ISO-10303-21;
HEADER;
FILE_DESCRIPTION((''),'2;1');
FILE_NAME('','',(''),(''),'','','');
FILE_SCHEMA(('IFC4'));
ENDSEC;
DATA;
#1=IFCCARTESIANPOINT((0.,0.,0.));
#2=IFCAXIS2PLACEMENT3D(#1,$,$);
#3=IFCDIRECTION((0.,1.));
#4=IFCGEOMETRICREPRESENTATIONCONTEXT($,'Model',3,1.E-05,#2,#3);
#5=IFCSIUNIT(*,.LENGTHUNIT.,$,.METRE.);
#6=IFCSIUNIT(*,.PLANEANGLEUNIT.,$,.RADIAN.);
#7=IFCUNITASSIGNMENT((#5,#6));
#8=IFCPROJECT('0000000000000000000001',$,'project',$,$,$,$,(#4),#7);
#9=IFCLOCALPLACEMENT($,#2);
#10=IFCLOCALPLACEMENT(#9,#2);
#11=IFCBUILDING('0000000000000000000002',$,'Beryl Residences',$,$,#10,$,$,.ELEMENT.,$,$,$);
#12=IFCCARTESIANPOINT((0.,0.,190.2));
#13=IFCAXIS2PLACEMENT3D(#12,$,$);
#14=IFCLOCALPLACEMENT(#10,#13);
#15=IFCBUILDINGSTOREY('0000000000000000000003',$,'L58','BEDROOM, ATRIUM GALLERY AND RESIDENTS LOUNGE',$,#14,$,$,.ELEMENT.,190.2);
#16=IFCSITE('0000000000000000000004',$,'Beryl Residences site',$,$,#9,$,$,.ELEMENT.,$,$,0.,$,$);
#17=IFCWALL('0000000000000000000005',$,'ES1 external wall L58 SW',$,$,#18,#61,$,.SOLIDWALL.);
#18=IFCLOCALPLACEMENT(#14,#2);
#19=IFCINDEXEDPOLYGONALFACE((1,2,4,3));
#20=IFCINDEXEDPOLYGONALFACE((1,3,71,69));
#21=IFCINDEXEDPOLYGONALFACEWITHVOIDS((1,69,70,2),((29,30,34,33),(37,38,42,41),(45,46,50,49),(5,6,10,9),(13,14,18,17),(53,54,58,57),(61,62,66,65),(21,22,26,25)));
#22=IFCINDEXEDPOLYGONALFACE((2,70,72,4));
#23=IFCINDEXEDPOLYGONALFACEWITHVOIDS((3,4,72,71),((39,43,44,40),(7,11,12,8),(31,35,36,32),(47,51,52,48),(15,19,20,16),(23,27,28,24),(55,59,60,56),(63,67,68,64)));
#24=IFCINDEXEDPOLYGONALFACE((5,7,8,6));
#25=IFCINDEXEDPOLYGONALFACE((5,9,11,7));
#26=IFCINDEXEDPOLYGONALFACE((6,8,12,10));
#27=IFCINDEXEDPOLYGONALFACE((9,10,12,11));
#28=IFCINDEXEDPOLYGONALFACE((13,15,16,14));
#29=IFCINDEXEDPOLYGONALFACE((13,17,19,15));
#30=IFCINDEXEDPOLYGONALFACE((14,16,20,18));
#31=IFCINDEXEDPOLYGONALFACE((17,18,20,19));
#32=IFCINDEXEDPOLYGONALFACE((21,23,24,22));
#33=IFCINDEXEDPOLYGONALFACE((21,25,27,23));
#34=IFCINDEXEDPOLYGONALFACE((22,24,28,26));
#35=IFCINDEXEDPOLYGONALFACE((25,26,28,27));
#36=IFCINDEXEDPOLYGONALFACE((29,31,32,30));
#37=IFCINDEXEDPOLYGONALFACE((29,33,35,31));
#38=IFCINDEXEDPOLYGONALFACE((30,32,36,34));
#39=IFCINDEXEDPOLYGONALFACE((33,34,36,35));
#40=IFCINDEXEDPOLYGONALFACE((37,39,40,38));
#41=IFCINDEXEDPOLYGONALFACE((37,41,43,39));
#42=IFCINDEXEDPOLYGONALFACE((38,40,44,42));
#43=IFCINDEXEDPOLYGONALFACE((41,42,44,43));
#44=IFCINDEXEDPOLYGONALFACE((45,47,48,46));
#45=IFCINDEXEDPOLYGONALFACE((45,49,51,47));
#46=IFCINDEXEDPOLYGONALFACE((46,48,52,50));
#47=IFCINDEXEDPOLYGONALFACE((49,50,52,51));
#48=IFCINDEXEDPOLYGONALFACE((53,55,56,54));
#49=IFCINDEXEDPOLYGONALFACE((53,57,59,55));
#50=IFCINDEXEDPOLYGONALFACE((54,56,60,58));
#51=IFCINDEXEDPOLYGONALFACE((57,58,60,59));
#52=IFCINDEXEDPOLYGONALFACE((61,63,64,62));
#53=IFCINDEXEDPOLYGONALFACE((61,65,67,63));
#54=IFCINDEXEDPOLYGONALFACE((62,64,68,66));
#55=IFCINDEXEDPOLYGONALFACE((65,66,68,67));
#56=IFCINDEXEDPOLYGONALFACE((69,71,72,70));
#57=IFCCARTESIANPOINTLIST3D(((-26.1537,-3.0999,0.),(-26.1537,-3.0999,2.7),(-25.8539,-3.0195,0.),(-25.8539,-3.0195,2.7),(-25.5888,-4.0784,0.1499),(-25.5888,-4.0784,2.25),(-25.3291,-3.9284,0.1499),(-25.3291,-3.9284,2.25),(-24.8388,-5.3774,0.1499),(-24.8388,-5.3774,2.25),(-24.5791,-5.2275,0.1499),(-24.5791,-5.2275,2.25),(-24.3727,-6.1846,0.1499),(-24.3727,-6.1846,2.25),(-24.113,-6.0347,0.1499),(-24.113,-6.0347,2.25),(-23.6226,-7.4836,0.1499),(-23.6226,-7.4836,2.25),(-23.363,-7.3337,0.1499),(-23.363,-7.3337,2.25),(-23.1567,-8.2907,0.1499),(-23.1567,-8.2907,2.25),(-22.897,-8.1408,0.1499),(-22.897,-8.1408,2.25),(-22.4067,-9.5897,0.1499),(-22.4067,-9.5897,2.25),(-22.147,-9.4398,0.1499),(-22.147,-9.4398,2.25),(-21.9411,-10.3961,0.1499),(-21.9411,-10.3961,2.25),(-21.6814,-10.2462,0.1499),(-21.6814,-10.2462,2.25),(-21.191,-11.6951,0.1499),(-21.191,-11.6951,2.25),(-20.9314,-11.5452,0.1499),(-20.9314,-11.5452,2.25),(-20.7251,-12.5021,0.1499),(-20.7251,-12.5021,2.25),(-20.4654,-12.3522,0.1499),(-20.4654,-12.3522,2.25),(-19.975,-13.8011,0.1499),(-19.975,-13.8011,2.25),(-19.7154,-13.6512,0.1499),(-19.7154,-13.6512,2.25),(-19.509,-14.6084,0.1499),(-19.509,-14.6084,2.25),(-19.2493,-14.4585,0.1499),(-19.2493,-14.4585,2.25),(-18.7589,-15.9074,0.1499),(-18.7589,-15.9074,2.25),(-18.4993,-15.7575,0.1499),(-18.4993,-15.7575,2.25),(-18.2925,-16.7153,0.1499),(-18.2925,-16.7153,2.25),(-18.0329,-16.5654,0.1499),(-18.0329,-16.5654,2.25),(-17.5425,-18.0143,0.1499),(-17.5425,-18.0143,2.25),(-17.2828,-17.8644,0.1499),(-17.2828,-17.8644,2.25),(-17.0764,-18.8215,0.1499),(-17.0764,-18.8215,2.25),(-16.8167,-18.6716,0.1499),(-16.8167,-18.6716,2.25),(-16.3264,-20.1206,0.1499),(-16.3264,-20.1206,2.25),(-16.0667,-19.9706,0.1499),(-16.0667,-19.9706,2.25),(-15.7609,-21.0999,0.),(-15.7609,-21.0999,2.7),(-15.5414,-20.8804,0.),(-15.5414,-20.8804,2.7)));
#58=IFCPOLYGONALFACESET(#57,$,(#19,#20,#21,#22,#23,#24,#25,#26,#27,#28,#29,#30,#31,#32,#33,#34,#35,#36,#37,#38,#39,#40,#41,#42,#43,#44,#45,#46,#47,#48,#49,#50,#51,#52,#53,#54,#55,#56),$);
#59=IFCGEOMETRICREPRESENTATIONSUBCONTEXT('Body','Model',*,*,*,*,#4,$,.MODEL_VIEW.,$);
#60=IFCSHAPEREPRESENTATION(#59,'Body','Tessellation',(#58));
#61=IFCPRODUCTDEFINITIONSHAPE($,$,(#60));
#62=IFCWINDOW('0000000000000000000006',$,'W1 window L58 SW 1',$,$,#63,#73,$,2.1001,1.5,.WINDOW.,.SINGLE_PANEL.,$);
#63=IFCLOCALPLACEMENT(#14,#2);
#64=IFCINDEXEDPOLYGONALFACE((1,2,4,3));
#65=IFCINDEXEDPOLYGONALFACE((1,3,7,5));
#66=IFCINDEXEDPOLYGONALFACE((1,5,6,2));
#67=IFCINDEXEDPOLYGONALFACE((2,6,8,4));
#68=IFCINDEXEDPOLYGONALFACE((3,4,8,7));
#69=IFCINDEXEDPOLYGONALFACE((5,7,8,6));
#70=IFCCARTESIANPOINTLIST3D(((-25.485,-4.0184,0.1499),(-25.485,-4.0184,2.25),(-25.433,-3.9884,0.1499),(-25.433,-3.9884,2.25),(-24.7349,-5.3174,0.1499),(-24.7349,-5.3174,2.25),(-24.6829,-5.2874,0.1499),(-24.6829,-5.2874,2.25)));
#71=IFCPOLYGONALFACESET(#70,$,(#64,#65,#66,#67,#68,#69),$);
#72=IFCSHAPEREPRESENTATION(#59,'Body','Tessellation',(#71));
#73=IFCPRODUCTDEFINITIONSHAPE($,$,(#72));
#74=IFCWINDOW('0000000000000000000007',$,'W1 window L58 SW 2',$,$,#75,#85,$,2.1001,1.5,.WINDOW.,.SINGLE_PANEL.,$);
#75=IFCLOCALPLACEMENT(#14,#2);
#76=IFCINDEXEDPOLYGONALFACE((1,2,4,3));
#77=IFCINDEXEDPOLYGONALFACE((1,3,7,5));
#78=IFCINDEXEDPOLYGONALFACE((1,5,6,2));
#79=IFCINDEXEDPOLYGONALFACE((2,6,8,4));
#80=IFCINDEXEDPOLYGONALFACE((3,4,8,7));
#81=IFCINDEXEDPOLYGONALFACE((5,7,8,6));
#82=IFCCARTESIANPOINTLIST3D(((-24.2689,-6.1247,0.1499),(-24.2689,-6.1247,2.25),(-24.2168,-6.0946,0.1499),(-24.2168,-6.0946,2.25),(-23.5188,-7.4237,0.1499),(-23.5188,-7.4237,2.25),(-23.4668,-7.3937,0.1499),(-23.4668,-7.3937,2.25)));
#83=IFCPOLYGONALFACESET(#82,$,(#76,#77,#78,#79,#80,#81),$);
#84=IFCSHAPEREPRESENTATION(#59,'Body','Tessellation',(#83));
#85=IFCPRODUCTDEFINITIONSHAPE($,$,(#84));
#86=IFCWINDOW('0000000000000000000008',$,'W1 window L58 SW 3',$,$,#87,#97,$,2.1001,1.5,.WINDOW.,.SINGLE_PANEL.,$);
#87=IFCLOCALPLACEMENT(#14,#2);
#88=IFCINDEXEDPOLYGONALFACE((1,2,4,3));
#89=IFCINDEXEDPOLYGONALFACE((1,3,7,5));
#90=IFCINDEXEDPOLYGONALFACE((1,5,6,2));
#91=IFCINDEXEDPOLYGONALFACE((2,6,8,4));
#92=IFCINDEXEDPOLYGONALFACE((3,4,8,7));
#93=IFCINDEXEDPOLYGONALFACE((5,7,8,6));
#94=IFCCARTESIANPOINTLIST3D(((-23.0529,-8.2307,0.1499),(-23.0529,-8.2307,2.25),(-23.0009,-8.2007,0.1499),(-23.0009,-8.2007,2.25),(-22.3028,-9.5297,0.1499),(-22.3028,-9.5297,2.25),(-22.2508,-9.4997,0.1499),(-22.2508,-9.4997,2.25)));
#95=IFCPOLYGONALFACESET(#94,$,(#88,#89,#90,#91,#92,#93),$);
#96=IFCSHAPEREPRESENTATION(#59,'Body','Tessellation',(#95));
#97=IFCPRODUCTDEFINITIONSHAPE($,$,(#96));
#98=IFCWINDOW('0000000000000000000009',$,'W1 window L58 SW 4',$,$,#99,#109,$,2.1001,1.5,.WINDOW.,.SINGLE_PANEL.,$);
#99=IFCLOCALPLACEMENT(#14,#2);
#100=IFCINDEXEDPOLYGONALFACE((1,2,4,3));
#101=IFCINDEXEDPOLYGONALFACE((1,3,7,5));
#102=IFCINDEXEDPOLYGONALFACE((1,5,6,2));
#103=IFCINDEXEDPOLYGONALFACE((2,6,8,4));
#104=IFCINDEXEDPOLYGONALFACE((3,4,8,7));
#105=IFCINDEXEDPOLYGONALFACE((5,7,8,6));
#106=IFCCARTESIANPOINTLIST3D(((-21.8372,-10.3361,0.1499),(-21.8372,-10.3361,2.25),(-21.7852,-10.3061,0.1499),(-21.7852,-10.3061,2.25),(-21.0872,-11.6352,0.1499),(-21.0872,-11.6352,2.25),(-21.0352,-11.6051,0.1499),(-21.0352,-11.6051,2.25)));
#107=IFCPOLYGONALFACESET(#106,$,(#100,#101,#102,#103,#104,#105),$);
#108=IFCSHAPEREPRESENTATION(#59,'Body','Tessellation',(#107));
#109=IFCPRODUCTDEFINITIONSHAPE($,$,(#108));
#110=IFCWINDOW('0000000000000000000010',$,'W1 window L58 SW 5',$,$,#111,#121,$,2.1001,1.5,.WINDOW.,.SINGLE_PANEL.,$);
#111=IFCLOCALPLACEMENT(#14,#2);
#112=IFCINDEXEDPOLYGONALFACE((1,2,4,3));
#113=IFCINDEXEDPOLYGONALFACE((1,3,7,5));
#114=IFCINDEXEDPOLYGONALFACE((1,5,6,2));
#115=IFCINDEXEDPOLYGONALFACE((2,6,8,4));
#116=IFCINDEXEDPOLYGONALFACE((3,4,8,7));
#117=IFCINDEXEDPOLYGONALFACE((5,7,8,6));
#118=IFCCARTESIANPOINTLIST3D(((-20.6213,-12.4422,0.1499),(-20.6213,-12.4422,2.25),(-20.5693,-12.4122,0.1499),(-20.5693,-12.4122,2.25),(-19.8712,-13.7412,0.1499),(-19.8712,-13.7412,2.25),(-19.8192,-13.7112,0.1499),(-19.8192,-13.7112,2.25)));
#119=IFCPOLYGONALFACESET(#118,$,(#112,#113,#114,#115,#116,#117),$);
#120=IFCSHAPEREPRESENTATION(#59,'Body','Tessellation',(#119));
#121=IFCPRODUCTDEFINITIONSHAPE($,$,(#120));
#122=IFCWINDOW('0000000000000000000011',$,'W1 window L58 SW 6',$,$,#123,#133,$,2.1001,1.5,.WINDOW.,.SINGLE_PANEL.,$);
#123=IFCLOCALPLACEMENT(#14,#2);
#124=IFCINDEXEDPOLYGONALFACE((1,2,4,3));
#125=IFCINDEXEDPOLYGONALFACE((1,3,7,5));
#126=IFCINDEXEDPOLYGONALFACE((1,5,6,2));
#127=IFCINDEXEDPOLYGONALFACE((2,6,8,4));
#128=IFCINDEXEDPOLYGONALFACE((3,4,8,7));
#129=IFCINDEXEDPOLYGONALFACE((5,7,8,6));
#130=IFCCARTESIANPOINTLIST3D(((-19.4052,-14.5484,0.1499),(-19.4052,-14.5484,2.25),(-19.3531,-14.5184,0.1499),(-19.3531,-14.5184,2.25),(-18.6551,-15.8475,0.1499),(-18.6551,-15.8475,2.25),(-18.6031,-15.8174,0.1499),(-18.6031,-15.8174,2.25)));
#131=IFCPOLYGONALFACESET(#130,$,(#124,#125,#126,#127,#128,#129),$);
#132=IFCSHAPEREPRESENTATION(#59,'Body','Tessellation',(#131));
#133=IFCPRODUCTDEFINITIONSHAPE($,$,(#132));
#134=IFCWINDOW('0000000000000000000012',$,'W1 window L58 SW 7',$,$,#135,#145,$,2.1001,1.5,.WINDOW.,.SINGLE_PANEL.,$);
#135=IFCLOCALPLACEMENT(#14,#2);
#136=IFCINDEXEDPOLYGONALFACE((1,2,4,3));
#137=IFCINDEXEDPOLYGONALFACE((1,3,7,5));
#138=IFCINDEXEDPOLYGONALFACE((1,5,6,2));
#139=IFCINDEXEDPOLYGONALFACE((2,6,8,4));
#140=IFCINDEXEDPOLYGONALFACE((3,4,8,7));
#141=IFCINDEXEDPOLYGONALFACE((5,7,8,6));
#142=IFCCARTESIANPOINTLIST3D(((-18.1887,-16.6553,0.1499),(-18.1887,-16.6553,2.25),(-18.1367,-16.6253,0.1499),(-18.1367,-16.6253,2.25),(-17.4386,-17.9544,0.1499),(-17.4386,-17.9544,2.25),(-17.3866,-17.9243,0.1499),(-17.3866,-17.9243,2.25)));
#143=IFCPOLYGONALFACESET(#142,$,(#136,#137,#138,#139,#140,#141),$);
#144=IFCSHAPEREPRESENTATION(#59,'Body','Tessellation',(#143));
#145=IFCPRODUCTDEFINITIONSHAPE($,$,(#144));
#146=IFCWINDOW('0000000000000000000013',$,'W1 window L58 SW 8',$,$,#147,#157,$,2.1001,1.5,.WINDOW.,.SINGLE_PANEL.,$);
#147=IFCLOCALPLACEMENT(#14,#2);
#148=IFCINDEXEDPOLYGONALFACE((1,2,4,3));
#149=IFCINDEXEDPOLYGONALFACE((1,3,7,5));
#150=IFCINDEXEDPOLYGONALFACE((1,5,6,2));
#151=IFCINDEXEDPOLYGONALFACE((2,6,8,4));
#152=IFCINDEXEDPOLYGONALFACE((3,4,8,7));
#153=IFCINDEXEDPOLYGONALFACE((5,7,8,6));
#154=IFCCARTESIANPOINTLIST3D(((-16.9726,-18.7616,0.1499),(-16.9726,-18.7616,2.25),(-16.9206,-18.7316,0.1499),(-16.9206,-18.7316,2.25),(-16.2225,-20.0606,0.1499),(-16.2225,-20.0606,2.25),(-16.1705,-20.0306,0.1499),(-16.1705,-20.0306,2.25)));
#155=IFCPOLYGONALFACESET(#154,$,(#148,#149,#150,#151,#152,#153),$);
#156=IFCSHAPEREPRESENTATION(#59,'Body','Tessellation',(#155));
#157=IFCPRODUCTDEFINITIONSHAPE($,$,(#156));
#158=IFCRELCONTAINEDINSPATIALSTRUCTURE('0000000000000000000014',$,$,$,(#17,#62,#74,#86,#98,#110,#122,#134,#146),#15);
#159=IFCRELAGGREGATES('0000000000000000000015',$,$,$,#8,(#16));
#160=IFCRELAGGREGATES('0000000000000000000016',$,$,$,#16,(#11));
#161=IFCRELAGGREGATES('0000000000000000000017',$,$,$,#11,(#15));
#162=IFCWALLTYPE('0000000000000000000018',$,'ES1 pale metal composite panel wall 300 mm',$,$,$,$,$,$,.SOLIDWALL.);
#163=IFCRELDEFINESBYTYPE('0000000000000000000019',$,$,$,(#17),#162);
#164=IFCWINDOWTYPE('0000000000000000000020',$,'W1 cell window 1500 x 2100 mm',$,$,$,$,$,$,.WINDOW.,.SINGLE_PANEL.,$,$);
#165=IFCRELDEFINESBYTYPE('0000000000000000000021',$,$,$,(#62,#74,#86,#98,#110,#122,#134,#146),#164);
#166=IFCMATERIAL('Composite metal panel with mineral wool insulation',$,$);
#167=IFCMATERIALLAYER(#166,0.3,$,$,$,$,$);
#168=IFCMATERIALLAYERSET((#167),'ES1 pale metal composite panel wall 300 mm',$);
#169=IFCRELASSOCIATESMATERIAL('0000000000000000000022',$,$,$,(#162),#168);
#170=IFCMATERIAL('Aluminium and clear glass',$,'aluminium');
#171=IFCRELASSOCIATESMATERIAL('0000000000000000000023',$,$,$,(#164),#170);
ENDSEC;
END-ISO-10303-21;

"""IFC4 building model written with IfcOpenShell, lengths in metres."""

from ifc_helpers import new_model, si_unit, direction, frame, frame_2d, origin, place, context, subcontext, project, spatial, polyline, rectangle, outline, extrude, material, layer, layer_set, type_object, element, fill, save


model = new_model("IFC4")

# Units and contexts
model_context = context("Model", 3, precision=1e-05, world=origin(), true_north=direction((0.0, 1.0)))
body_context = subcontext(model_context, "Body", "Model", "MODEL_VIEW")
ifc_project = project(units=[si_unit("LENGTHUNIT", "METRE"), si_unit("PLANEANGLEUNIT", "RADIAN")], contexts=[model_context])

# Site, building, storey
site_placement = place(None, origin())
site = spatial("IfcSite", under=ifc_project, at=site_placement, Name="Beryl Residences site", CompositionType="ELEMENT", RefElevation=0.0)
building_placement = place(site_placement, origin())
building = spatial("IfcBuilding", under=site, at=building_placement, Name="Beryl Residences", CompositionType="ELEMENT")
storey_placement = place(building_placement, frame((0.0, 0.0, 190.2)))
storey = spatial("IfcBuildingStorey", under=building, at=storey_placement, Name="L58", Description="BEDROOM, ATRIUM GALLERY AND RESIDENTS LOUNGE", CompositionType="ELEMENT", Elevation=190.2)

# Wall, openings, windows
ifc_material_1 = material(Name="Composite metal panel with mineral wool insulation")
ifc_layer_1 = layer(ifc_material_1, 0.3)
ifc_layer_set_1 = layer_set([ifc_layer_1], Name="ES1 pale metal composite panel wall 300 mm")
wall_type_1 = type_object("IfcWallType", Name="ES1 pale metal composite panel wall 300 mm", PredefinedType="SOLIDWALL", material=ifc_layer_set_1)
wall_1_placement = place(storey_placement, frame((-26.0239, -3.0249, 0.0), z_axis=(0.0, 0.0, 1.0), x_axis=(0.500019, -0.866015, 0.0)))
wall_1 = element("IfcWall", 1, at=wall_1_placement, inside=storey, type_object=wall_type_1, Name="ES1 external wall L58 SW", PredefinedType="SOLIDWALL", context=body_context, shape_type="SweptSolid", body=[
    extrude(outline(polyline([(0.0, -0.1499), (20.7849, -0.1499), (20.7046, 0.1499), (0.0803, 0.1499), (0.0, -0.1499)])), origin(), (0.0, 0.0, 1.0), 2.7),
])
opening_1_placement = place(wall_1_placement, frame((1.1299, 0.0, 0.1499)))
opening_1 = element("IfcOpeningElement", 2, at=opening_1_placement, cuts=wall_1, PredefinedType="OPENING", context=body_context, shape_type="SweptSolid", body=[
    extrude(rectangle(XDim=1.5, YDim=2.1001, at=frame_2d((0.75, 1.05))), frame((0.0, 0.1599, 0.0), z_axis=(0.0, -1.0, 0.0), x_axis=(1.0, 0.0, 0.0)), (0.0, 0.0, 1.0), 0.3201),
])
opening_2_placement = place(wall_1_placement, frame((3.562, 0.0, 0.1499)))
opening_2 = element("IfcOpeningElement", 3, at=opening_2_placement, cuts=wall_1, PredefinedType="OPENING", context=body_context, shape_type="SweptSolid", body=[
    extrude(rectangle(XDim=1.5, YDim=2.1001, at=frame_2d((0.75, 1.05))), frame((0.0, 0.1599, 0.0), z_axis=(0.0, -1.0, 0.0), x_axis=(1.0, 0.0, 0.0)), (0.0, 0.0, 1.0), 0.3201),
])
opening_3_placement = place(wall_1_placement, frame((5.9939, 0.0, 0.1499)))
opening_3 = element("IfcOpeningElement", 4, at=opening_3_placement, cuts=wall_1, PredefinedType="OPENING", context=body_context, shape_type="SweptSolid", body=[
    extrude(rectangle(XDim=1.5, YDim=2.1001, at=frame_2d((0.75, 1.05))), frame((0.0, 0.1599, 0.0), z_axis=(0.0, -1.0, 0.0), x_axis=(1.0, 0.0, 0.0)), (0.0, 0.0, 1.0), 0.3201),
])
opening_4_placement = place(wall_1_placement, frame((8.425, 0.0, 0.1499)))
opening_4 = element("IfcOpeningElement", 5, at=opening_4_placement, cuts=wall_1, PredefinedType="OPENING", context=body_context, shape_type="SweptSolid", body=[
    extrude(rectangle(XDim=1.5, YDim=2.1001, at=frame_2d((0.75, 1.05))), frame((0.0, 0.1599, 0.0), z_axis=(0.0, -1.0, 0.0), x_axis=(1.0, 0.0, 0.0)), (0.0, 0.0, 1.0), 0.3201),
])
opening_5_placement = place(wall_1_placement, frame((10.8569, 0.0, 0.1499)))
opening_5 = element("IfcOpeningElement", 6, at=opening_5_placement, cuts=wall_1, PredefinedType="OPENING", context=body_context, shape_type="SweptSolid", body=[
    extrude(rectangle(XDim=1.5, YDim=2.1001, at=frame_2d((0.75, 1.05))), frame((0.0, 0.1599, 0.0), z_axis=(0.0, -1.0, 0.0), x_axis=(1.0, 0.0, 0.0)), (0.0, 0.0, 1.0), 0.3201),
])
opening_6_placement = place(wall_1_placement, frame((13.2891, 0.0, 0.1499)))
opening_6 = element("IfcOpeningElement", 7, at=opening_6_placement, cuts=wall_1, PredefinedType="OPENING", context=body_context, shape_type="SweptSolid", body=[
    extrude(rectangle(XDim=1.5, YDim=2.1001, at=frame_2d((0.75, 1.05))), frame((0.0, 0.1599, 0.0), z_axis=(0.0, -1.0, 0.0), x_axis=(1.0, 0.0, 0.0)), (0.0, 0.0, 1.0), 0.3201),
])
opening_7_placement = place(wall_1_placement, frame((15.7219, 0.0, 0.1499)))
opening_7 = element("IfcOpeningElement", 8, at=opening_7_placement, cuts=wall_1, PredefinedType="OPENING", context=body_context, shape_type="SweptSolid", body=[
    extrude(rectangle(XDim=1.5, YDim=2.1001, at=frame_2d((0.75, 1.05))), frame((0.0, 0.1599, 0.0), z_axis=(0.0, -1.0, 0.0), x_axis=(1.0, 0.0, 0.0)), (0.0, 0.0, 1.0), 0.3201),
])
opening_8_placement = place(wall_1_placement, frame((18.1541, 0.0, 0.1499)))
opening_8 = element("IfcOpeningElement", 9, at=opening_8_placement, cuts=wall_1, PredefinedType="OPENING", context=body_context, shape_type="SweptSolid", body=[
    extrude(rectangle(XDim=1.5, YDim=2.1001, at=frame_2d((0.75, 1.05))), frame((0.0, 0.1599, 0.0), z_axis=(0.0, -1.0, 0.0), x_axis=(1.0, 0.0, 0.0)), (0.0, 0.0, 1.0), 0.3201),
])
ifc_material_2 = material(Name="Aluminium and clear glass", Category="aluminium")
window_type = type_object("IfcWindowType", Name="W1 cell window 1500 x 2100 mm", PartitioningType="SINGLE_PANEL", PredefinedType="WINDOW", material=ifc_material_2)
window_1_placement = place(opening_1_placement, origin())
window_1 = element("IfcWindow", 10, at=window_1_placement, inside=storey, type_object=window_type, Name="W1 window L58 SW 1", OverallHeight=2.1001, OverallWidth=1.5, PartitioningType="SINGLE_PANEL", PredefinedType="WINDOW", context=body_context, shape_type="SweptSolid", body=[
    extrude(rectangle(XDim=1.5, YDim=2.1001, at=frame_2d((0.75, 1.05))), frame((0.0, 0.03, 0.0), z_axis=(0.0, -1.0, 0.0), x_axis=(1.0, 0.0, 0.0)), (0.0, 0.0, 1.0), 0.0601),
])
fill(opening_1, window_1)
window_2_placement = place(opening_2_placement, origin())
window_2 = element("IfcWindow", 11, at=window_2_placement, inside=storey, type_object=window_type, Name="W1 window L58 SW 2", OverallHeight=2.1001, OverallWidth=1.5, PartitioningType="SINGLE_PANEL", PredefinedType="WINDOW", context=body_context, shape_type="SweptSolid", body=[
    extrude(rectangle(XDim=1.5, YDim=2.1001, at=frame_2d((0.75, 1.05))), frame((0.0, 0.03, 0.0), z_axis=(0.0, -1.0, 0.0), x_axis=(1.0, 0.0, 0.0)), (0.0, 0.0, 1.0), 0.0601),
])
fill(opening_2, window_2)
window_3_placement = place(opening_3_placement, origin())
window_3 = element("IfcWindow", 12, at=window_3_placement, inside=storey, type_object=window_type, Name="W1 window L58 SW 3", OverallHeight=2.1001, OverallWidth=1.5, PartitioningType="SINGLE_PANEL", PredefinedType="WINDOW", context=body_context, shape_type="SweptSolid", body=[
    extrude(rectangle(XDim=1.5, YDim=2.1001, at=frame_2d((0.75, 1.05))), frame((0.0, 0.03, 0.0), z_axis=(0.0, -1.0, 0.0), x_axis=(1.0, 0.0, 0.0)), (0.0, 0.0, 1.0), 0.0601),
])
fill(opening_3, window_3)
window_4_placement = place(opening_4_placement, origin())
window_4 = element("IfcWindow", 13, at=window_4_placement, inside=storey, type_object=window_type, Name="W1 window L58 SW 4", OverallHeight=2.1001, OverallWidth=1.5, PartitioningType="SINGLE_PANEL", PredefinedType="WINDOW", context=body_context, shape_type="SweptSolid", body=[
    extrude(rectangle(XDim=1.5, YDim=2.1001, at=frame_2d((0.75, 1.05))), frame((0.0, 0.03, 0.0), z_axis=(0.0, -1.0, 0.0), x_axis=(1.0, 0.0, 0.0)), (0.0, 0.0, 1.0), 0.0601),
])
fill(opening_4, window_4)
window_5_placement = place(opening_5_placement, origin())
window_5 = element("IfcWindow", 14, at=window_5_placement, inside=storey, type_object=window_type, Name="W1 window L58 SW 5", OverallHeight=2.1001, OverallWidth=1.5, PartitioningType="SINGLE_PANEL", PredefinedType="WINDOW", context=body_context, shape_type="SweptSolid", body=[
    extrude(rectangle(XDim=1.5, YDim=2.1001, at=frame_2d((0.75, 1.05))), frame((0.0, 0.03, 0.0), z_axis=(0.0, -1.0, 0.0), x_axis=(1.0, 0.0, 0.0)), (0.0, 0.0, 1.0), 0.0601),
])
fill(opening_5, window_5)
window_6_placement = place(opening_6_placement, origin())
window_6 = element("IfcWindow", 15, at=window_6_placement, inside=storey, type_object=window_type, Name="W1 window L58 SW 6", OverallHeight=2.1001, OverallWidth=1.5, PartitioningType="SINGLE_PANEL", PredefinedType="WINDOW", context=body_context, shape_type="SweptSolid", body=[
    extrude(rectangle(XDim=1.5, YDim=2.1001, at=frame_2d((0.75, 1.05))), frame((0.0, 0.03, 0.0), z_axis=(0.0, -1.0, 0.0), x_axis=(1.0, 0.0, 0.0)), (0.0, 0.0, 1.0), 0.0601),
])
fill(opening_6, window_6)
window_7_placement = place(opening_7_placement, origin())
window_7 = element("IfcWindow", 16, at=window_7_placement, inside=storey, type_object=window_type, Name="W1 window L58 SW 7", OverallHeight=2.1001, OverallWidth=1.5, PartitioningType="SINGLE_PANEL", PredefinedType="WINDOW", context=body_context, shape_type="SweptSolid", body=[
    extrude(rectangle(XDim=1.5, YDim=2.1001, at=frame_2d((0.75, 1.05))), frame((0.0, 0.03, 0.0), z_axis=(0.0, -1.0, 0.0), x_axis=(1.0, 0.0, 0.0)), (0.0, 0.0, 1.0), 0.0601),
])
fill(opening_7, window_7)
window_8_placement = place(opening_8_placement, origin())
window_8 = element("IfcWindow", 17, at=window_8_placement, inside=storey, type_object=window_type, Name="W1 window L58 SW 8", OverallHeight=2.1001, OverallWidth=1.5, PartitioningType="SINGLE_PANEL", PredefinedType="WINDOW", context=body_context, shape_type="SweptSolid", body=[
    extrude(rectangle(XDim=1.5, YDim=2.1001, at=frame_2d((0.75, 1.05))), frame((0.0, 0.03, 0.0), z_axis=(0.0, -1.0, 0.0), x_axis=(1.0, 0.0, 0.0)), (0.0, 0.0, 1.0), 0.0601),
])
fill(opening_8, window_8)

save(model, "model.ifc")
